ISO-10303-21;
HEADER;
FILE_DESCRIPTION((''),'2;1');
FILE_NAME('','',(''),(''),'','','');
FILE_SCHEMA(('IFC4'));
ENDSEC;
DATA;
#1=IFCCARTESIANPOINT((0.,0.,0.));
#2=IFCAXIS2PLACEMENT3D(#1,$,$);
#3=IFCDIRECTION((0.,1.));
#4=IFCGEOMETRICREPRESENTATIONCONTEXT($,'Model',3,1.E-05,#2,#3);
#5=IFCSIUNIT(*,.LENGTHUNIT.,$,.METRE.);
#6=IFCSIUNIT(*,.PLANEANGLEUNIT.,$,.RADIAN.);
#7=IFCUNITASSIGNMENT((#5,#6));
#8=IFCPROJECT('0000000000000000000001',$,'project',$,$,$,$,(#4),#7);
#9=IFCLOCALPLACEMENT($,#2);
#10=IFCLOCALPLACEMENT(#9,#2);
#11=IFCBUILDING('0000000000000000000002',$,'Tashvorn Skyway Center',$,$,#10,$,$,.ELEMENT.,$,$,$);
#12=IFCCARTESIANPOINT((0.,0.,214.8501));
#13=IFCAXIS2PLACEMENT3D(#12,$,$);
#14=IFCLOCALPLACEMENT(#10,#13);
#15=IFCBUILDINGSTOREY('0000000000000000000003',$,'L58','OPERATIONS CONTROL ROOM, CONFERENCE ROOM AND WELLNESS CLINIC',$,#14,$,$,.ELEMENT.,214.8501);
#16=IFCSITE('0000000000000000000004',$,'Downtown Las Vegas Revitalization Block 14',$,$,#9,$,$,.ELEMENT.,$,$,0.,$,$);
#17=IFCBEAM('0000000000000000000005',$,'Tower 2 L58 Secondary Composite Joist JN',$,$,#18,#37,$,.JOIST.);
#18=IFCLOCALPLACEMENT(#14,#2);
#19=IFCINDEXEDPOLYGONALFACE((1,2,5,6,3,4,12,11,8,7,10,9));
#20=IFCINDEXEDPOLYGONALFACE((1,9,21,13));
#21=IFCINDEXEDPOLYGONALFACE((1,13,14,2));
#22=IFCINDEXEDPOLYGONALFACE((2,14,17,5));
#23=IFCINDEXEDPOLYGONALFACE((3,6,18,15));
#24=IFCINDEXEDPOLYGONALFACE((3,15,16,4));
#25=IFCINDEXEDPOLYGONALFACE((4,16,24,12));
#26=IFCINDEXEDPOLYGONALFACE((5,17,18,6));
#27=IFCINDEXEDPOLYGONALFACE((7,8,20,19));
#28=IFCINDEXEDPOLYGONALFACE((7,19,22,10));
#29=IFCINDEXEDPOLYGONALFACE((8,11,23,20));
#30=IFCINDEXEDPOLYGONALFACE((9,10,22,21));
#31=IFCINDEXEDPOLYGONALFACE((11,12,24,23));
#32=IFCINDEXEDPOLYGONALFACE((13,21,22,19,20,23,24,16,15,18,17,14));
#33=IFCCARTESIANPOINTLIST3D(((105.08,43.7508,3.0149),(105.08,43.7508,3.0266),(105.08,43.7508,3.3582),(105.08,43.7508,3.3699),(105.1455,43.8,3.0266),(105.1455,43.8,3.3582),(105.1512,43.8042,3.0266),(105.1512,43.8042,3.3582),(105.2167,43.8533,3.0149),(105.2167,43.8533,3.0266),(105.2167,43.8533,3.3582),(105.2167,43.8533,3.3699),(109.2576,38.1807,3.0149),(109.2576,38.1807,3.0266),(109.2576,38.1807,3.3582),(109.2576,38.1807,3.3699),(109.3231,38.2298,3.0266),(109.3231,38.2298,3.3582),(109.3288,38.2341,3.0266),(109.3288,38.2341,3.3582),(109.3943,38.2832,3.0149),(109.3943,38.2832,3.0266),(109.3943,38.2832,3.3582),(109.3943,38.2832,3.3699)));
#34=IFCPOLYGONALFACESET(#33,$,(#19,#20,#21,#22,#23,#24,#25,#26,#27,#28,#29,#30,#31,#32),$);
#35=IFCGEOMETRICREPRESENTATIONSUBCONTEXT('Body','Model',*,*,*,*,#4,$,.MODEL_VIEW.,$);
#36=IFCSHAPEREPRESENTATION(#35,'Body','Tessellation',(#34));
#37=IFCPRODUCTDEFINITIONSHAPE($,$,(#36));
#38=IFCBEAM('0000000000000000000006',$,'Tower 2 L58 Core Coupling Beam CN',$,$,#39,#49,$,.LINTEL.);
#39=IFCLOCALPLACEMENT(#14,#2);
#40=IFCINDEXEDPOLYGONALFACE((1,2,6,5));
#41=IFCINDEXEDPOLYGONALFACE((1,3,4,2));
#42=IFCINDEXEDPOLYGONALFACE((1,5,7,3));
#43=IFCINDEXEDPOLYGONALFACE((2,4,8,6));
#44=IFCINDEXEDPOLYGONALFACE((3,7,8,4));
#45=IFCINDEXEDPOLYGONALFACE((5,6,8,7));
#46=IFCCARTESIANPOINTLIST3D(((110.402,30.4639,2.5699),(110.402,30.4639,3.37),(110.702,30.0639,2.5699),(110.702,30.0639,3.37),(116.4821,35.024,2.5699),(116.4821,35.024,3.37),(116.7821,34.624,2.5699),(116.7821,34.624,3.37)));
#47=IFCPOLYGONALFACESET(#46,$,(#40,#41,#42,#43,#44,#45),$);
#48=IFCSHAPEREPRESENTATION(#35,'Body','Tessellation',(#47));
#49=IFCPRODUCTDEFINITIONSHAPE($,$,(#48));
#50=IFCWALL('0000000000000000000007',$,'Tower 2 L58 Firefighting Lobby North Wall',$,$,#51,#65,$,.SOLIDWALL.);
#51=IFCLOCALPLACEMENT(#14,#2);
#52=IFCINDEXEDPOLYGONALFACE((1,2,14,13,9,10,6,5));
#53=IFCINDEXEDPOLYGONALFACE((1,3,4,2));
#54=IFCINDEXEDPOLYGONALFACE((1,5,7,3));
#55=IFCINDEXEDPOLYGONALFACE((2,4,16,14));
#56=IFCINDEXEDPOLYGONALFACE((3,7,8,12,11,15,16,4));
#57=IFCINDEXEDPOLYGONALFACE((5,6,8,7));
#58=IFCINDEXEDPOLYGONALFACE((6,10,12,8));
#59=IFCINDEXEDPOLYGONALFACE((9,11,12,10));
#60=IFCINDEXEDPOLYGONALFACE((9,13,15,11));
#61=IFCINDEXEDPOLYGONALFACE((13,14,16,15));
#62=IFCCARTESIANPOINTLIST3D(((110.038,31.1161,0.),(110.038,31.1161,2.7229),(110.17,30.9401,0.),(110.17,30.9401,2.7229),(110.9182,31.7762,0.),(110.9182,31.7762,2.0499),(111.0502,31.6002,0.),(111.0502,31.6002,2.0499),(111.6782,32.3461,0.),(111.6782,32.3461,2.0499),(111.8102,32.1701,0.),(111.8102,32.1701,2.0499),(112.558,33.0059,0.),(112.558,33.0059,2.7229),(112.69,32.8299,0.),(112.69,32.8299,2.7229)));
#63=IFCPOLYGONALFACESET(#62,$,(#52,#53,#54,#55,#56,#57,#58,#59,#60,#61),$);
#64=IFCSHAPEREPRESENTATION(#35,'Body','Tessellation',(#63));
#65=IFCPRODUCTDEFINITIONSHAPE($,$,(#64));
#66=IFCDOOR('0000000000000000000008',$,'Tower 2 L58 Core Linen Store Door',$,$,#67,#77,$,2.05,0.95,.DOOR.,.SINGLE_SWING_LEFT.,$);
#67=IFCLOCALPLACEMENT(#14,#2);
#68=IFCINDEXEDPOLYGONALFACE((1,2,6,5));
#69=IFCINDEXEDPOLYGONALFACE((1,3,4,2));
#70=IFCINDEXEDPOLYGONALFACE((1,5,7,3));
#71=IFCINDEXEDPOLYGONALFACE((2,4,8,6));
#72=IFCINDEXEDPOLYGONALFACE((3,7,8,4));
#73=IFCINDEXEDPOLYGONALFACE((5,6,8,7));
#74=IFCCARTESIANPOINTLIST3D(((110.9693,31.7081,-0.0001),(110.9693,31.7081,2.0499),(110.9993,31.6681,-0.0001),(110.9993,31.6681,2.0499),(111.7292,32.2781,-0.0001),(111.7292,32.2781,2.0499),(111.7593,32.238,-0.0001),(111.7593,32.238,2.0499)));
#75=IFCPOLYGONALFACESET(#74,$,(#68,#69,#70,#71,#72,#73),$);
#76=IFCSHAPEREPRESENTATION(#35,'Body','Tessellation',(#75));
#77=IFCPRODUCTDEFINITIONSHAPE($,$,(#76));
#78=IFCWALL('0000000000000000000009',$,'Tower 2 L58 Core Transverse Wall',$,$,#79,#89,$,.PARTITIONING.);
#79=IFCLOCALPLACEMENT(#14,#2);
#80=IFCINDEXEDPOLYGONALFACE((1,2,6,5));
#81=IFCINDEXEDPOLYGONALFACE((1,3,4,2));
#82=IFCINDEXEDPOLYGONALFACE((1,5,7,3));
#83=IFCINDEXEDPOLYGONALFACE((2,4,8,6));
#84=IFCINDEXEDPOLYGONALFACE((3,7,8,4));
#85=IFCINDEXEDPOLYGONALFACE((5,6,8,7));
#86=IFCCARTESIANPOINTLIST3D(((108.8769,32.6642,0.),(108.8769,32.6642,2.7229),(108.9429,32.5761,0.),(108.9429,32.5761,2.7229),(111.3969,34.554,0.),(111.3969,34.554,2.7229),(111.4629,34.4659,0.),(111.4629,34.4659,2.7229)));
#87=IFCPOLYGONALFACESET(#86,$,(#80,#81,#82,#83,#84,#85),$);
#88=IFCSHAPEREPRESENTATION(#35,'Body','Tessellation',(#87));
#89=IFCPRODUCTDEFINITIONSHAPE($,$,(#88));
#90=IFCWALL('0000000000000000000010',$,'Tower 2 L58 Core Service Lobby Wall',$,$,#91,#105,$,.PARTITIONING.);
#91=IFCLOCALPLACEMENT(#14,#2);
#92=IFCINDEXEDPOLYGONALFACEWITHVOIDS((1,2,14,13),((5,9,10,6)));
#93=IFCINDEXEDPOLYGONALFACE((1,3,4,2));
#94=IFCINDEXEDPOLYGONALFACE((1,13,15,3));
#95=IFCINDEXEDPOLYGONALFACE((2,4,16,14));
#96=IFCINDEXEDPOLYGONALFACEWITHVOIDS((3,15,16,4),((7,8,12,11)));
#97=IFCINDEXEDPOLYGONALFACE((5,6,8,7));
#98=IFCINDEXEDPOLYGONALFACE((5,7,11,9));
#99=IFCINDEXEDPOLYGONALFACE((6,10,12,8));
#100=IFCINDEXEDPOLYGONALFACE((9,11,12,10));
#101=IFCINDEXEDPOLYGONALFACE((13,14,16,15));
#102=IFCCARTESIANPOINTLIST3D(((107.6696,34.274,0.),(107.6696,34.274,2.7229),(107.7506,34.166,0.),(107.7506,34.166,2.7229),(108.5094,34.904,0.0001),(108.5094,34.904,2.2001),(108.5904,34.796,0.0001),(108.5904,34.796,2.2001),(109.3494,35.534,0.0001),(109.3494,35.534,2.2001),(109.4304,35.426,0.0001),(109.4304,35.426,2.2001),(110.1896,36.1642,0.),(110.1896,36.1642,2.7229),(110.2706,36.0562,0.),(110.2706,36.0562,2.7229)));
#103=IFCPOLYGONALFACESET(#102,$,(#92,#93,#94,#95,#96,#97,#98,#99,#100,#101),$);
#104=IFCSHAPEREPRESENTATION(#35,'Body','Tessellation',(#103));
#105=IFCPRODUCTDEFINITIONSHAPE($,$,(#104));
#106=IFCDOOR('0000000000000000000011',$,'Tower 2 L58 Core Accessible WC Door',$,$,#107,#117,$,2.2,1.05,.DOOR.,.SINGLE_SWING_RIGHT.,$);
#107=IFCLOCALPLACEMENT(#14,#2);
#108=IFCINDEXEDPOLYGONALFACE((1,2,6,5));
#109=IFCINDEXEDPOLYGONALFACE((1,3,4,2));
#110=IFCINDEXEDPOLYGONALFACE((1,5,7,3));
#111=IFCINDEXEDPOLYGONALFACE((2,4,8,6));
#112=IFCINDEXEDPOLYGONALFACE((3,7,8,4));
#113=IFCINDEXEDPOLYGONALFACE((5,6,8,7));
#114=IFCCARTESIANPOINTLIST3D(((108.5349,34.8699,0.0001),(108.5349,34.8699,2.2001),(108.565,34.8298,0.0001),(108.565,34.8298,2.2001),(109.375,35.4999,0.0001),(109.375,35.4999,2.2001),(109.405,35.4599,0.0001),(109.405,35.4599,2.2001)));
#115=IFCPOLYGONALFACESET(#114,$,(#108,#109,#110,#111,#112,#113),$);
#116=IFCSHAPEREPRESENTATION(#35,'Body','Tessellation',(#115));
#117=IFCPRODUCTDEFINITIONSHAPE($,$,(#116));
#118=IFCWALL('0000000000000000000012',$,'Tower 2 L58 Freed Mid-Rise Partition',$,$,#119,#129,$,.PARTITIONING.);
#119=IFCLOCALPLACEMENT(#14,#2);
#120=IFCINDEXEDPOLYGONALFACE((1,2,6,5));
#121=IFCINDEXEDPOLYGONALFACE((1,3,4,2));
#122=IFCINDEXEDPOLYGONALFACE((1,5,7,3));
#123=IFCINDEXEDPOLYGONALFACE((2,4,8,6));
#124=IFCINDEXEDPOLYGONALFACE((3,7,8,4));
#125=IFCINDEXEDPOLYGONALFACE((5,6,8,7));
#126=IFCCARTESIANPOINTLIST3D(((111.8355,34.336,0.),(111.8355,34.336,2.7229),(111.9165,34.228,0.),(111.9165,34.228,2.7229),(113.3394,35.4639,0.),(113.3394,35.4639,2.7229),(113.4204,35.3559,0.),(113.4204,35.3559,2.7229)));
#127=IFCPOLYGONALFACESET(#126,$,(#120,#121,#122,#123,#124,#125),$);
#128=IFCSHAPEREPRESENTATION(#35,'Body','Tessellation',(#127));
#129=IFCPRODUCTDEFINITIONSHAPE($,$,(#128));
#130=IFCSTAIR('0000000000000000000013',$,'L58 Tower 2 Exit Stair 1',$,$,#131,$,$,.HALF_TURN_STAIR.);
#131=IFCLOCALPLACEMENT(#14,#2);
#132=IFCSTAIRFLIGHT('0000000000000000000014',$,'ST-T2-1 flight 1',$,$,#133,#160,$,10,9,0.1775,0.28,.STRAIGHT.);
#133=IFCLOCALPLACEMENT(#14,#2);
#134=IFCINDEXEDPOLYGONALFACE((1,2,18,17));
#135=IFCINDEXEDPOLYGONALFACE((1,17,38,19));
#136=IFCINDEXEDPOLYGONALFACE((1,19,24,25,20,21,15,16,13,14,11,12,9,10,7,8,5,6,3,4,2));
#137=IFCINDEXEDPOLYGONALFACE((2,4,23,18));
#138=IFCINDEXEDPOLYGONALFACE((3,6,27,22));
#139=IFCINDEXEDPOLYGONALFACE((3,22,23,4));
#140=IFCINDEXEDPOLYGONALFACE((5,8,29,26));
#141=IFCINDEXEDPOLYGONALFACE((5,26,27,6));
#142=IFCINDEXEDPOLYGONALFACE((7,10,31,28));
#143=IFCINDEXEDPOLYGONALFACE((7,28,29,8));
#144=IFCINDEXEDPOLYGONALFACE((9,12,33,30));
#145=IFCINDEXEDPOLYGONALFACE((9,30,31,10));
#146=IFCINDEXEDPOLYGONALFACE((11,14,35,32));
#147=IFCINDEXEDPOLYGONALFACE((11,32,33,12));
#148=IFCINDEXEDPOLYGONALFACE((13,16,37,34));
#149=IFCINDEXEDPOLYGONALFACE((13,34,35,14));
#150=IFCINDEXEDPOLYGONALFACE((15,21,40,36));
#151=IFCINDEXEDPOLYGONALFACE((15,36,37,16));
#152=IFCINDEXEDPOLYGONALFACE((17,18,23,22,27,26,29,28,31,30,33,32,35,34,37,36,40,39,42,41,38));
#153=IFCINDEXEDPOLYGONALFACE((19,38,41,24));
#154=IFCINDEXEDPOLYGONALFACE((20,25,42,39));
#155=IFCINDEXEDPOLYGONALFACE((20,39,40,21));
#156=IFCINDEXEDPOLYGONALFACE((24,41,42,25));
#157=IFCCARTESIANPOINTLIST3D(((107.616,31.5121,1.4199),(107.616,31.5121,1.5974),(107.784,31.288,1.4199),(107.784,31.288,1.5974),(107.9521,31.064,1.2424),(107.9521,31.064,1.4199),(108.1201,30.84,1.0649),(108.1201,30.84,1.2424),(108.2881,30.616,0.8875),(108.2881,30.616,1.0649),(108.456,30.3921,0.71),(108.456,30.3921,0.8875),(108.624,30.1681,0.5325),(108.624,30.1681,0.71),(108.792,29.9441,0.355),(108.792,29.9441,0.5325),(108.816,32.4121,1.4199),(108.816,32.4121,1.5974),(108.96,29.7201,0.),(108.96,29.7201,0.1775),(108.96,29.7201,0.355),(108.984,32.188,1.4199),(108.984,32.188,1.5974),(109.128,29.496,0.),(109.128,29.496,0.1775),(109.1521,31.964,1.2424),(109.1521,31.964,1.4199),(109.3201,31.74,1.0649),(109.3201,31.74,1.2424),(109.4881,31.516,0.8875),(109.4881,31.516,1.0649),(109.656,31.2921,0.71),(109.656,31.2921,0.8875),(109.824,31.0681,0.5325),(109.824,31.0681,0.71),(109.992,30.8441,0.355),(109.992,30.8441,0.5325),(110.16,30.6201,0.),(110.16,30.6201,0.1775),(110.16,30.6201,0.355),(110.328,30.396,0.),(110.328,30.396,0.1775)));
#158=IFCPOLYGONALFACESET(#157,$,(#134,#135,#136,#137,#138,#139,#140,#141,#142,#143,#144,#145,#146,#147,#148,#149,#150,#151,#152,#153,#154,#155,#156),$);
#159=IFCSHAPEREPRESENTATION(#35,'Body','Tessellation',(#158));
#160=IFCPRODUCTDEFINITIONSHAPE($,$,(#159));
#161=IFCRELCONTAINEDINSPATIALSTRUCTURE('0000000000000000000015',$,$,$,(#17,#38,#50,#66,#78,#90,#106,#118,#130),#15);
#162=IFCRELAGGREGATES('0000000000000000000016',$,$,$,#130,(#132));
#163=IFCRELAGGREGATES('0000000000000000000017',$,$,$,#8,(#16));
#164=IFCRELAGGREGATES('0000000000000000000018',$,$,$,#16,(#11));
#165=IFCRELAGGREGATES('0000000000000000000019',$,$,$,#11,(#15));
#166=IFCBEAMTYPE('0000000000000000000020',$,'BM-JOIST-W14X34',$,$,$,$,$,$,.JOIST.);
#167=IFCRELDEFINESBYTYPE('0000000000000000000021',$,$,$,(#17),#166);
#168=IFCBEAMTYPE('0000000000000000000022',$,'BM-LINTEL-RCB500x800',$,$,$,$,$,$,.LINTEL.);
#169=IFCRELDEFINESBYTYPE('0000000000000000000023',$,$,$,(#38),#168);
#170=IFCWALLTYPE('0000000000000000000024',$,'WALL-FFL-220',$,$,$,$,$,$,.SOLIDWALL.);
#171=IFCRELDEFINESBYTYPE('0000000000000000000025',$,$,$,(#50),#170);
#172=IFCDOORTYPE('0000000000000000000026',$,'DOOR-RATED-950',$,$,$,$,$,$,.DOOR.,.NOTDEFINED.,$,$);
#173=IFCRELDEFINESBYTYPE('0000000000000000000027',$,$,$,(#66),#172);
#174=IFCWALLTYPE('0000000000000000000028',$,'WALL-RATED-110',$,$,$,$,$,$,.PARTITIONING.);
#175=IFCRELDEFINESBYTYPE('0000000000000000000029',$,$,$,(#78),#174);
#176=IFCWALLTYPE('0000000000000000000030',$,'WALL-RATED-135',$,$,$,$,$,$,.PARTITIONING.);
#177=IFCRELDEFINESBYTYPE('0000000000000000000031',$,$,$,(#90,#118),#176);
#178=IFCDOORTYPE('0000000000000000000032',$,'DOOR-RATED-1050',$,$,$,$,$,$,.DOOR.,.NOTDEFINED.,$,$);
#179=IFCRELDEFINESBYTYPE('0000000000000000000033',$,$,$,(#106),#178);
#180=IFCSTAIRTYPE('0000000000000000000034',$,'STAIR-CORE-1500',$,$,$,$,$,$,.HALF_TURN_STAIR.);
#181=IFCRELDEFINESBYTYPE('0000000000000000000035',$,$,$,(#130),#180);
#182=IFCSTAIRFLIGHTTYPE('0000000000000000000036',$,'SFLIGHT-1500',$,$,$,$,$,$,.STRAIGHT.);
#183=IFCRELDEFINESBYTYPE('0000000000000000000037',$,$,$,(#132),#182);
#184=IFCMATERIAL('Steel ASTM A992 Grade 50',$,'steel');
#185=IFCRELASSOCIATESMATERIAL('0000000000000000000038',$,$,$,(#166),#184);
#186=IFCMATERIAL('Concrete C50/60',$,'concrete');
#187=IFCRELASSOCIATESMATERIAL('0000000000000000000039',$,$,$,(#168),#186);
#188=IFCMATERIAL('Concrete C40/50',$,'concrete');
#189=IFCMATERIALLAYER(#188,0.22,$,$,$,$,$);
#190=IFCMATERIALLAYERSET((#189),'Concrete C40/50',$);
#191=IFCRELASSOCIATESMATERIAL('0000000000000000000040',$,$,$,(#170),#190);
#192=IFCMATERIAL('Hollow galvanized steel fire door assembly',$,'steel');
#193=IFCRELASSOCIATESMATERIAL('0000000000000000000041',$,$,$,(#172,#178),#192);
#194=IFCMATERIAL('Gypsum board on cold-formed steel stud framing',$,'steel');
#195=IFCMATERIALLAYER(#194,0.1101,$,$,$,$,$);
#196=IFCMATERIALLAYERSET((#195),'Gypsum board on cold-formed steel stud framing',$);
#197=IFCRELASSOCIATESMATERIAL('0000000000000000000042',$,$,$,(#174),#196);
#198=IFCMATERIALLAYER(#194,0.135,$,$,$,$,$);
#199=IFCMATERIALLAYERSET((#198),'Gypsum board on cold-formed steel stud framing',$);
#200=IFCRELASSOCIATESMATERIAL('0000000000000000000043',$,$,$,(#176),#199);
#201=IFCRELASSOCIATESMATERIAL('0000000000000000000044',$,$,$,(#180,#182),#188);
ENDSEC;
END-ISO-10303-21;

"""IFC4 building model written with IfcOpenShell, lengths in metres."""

from ifc_helpers import new_model, si_unit, direction, frame, frame_2d, origin, origin_2d, place, context, subcontext, project, spatial, polyline, rectangle, i_section, outline, extrude, material, layer, layer_set, material_profile, profile_set, type_object, element, fill, aggregate, save


model = new_model("IFC4")

# Units and contexts
model_context = context("Model", 3, precision=1e-05, world=origin(), true_north=direction((0.0, 1.0)))
body_context = subcontext(model_context, "Body", "Model", "MODEL_VIEW")
ifc_project = project(units=[si_unit("LENGTHUNIT", "METRE"), si_unit("PLANEANGLEUNIT", "RADIAN")], contexts=[model_context])

# Site, building, storey
site_placement = place(None, origin())
site = spatial("IfcSite", under=ifc_project, at=site_placement, Name="Downtown Las Vegas Revitalization Block 14", CompositionType="ELEMENT", RefElevation=0.0)
building_placement = place(site_placement, origin())
building = spatial("IfcBuilding", under=site, at=building_placement, Name="Tashvorn Skyway Center", CompositionType="ELEMENT")
storey_placement = place(building_placement, frame((0.0, 0.0, 214.8501)))
storey = spatial("IfcBuildingStorey", under=building, at=storey_placement, Name="L58", Description="OPERATIONS CONTROL ROOM, CONFERENCE ROOM AND WELLNESS CLINIC", CompositionType="ELEMENT", Elevation=214.8501)

# Beams
ifc_material_1 = material(Name="Steel ASTM A992 Grade 50", Category="steel")
ifc_material_profile_1 = material_profile(ifc_material_1, i_section(OverallWidth=0.1709, OverallDepth=0.355, WebThickness=0.0071, FlangeThickness=0.0117, at=origin_2d()), Name="W14X34")
ifc_profile_set_1 = profile_set([ifc_material_profile_1], Name="Steel ASTM A992 Grade 50")
beam_type_1 = type_object("IfcBeamType", Name="BM-JOIST-W14X34", PredefinedType="JOIST", material=ifc_profile_set_1)
beam_1_placement = place(storey_placement, frame((109.3259, 38.2319, 3.1924), z_axis=(-0.599994, 0.800004, 0.0), x_axis=(-0.800004, -0.599994, 0.0)))
element("IfcBeam", 1, at=beam_1_placement, inside=storey, type_object=beam_type_1, Name="Tower 2 L58 Secondary Composite Joist JN", PredefinedType="JOIST", context=body_context, shape_type="SweptSolid", body=[
    extrude(i_section(OverallWidth=0.1709, OverallDepth=0.355, WebThickness=0.0071, FlangeThickness=0.0117, at=origin_2d()), origin(), (0.0, 0.0, 1.0), 6.9626),
])
ifc_material_2 = material(Name="Concrete C50/60", Category="concrete")
ifc_material_profile_2 = material_profile(ifc_material_2, rectangle(XDim=0.5, YDim=0.8, at=origin_2d()), Name="RCB500x800")
ifc_profile_set_2 = profile_set([ifc_material_profile_2], Name="Concrete C50/60")
beam_type_2 = type_object("IfcBeamType", Name="BM-LINTEL-RCB500x800", PredefinedType="LINTEL", material=ifc_profile_set_2)
beam_2_placement = place(storey_placement, frame((110.552, 30.2639, 2.97), z_axis=(0.8, 0.6, 0.0), x_axis=(-0.6, 0.8, 0.0)))
element("IfcBeam", 2, at=beam_2_placement, inside=storey, type_object=beam_type_2, Name="Tower 2 L58 Core Coupling Beam CN", PredefinedType="LINTEL", context=body_context, shape_type="SweptSolid", body=[
    extrude(rectangle(XDim=0.5, YDim=0.8, at=origin_2d()), origin(), (0.0, 0.0, 1.0), 7.6001),
])

# Wall, opening, door
ifc_material_3 = material(Name="Concrete C40/50", Category="concrete")
ifc_layer_1 = layer(ifc_material_3, 0.22)
ifc_layer_set_1 = layer_set([ifc_layer_1], Name="Concrete C40/50")
wall_type_1 = type_object("IfcWallType", Name="WALL-FFL-220", PredefinedType="SOLIDWALL", material=ifc_layer_set_1)
wall_1_placement = place(storey_placement, frame((110.104, 31.0281, 0.0), z_axis=(0.0, 0.0, 1.0), x_axis=(0.800019, 0.599975, 0.0)))
wall_1 = element("IfcWall", 3, at=wall_1_placement, inside=storey, type_object=wall_type_1, Name="Tower 2 L58 Firefighting Lobby North Wall", PredefinedType="SOLIDWALL", context=body_context, shape_type="SweptSolid", body=[
    extrude(rectangle(XDim=3.1499, YDim=0.22, at=frame_2d((1.575, 0.0))), origin(), (0.0, 0.0, 1.0), 2.7229),
])
opening_1_placement = place(wall_1_placement, frame((1.1001, 0.0, 0.0)))
opening_1 = element("IfcOpeningElement", 4, at=opening_1_placement, cuts=wall_1, PredefinedType="OPENING", context=body_context, shape_type="SweptSolid", body=[
    extrude(rectangle(XDim=0.95, YDim=2.05, at=frame_2d((0.4751, 1.0249))), frame((0.0, 0.1199, 0.0), z_axis=(0.0, -1.0, 0.0), x_axis=(1.0, 0.0, 0.0)), (0.0, 0.0, 1.0), 0.24),
])
ifc_material_4 = material(Name="Hollow galvanized steel fire door assembly", Category="steel")
door_type_1 = type_object("IfcDoorType", Name="DOOR-RATED-950", OperationType="NOTDEFINED", PredefinedType="DOOR", material=ifc_material_4)
door_1_placement = place(opening_1_placement, origin())
door_1 = element("IfcDoor", 5, at=door_1_placement, inside=storey, type_object=door_type_1, Name="Tower 2 L58 Core Linen Store Door", OperationType="SINGLE_SWING_LEFT", OverallHeight=2.05, OverallWidth=0.95, PredefinedType="DOOR", context=body_context, shape_type="SweptSolid", body=[
    extrude(rectangle(XDim=0.95, YDim=2.05, at=frame_2d((0.4751, 1.0249))), frame((0.0, 0.0249, 0.0), z_axis=(0.0, -1.0, 0.0), x_axis=(1.0, 0.0, 0.0)), (0.0, 0.0, 1.0), 0.05),
])
fill(opening_1, door_1)

# Wall
ifc_material_5 = material(Name="Gypsum board on cold-formed steel stud framing", Category="steel")
ifc_layer_2 = layer(ifc_material_5, 0.1101)
ifc_layer_set_2 = layer_set([ifc_layer_2], Name="Gypsum board on cold-formed steel stud framing")
wall_type_2 = type_object("IfcWallType", Name="WALL-RATED-110", PredefinedType="PARTITIONING", material=ifc_layer_set_2)
wall_2_placement = place(storey_placement, frame((108.9099, 32.6201, 0.0), z_axis=(0.0, 0.0, 1.0), x_axis=(0.800019, 0.599975, 0.0)))
element("IfcWall", 6, at=wall_2_placement, inside=storey, type_object=wall_type_2, Name="Tower 2 L58 Core Transverse Wall", PredefinedType="PARTITIONING", context=body_context, shape_type="SweptSolid", body=[
    extrude(rectangle(XDim=3.1499, YDim=0.1101, at=frame_2d((1.575, 0.0))), origin(), (0.0, 0.0, 1.0), 2.7229),
])

# Wall, opening, door
ifc_layer_3 = layer(ifc_material_5, 0.135)
ifc_layer_set_3 = layer_set([ifc_layer_3], Name="Gypsum board on cold-formed steel stud framing")
wall_type_3 = type_object("IfcWallType", Name="WALL-RATED-135", PredefinedType="PARTITIONING", material=ifc_layer_set_3)
wall_3_placement = place(storey_placement, frame((107.71, 34.22, 0.0), z_axis=(0.0, 0.0, 1.0), x_axis=(0.799981, 0.600025, 0.0)))
wall_3 = element("IfcWall", 7, at=wall_3_placement, inside=storey, type_object=wall_type_3, Name="Tower 2 L58 Core Service Lobby Wall", PredefinedType="PARTITIONING", context=body_context, shape_type="SweptSolid", body=[
    extrude(rectangle(XDim=3.1501, YDim=0.135, at=frame_2d((1.5752, 0.0))), origin(), (0.0, 0.0, 1.0), 2.7229),
])
opening_2_placement = place(wall_3_placement, frame((1.05, 0.0, 0.0)))
opening_2 = element("IfcOpeningElement", 8, at=opening_2_placement, cuts=wall_3, PredefinedType="OPENING", context=body_context, shape_type="SweptSolid", body=[
    extrude(rectangle(XDim=1.05, YDim=2.2, at=frame_2d((0.5249, 1.1001))), frame((0.0, 0.0774, 0.0), z_axis=(0.0, -1.0, 0.0), x_axis=(1.0, 0.0, 0.0)), (0.0, 0.0, 1.0), 0.155),
])
door_type_2 = type_object("IfcDoorType", Name="DOOR-RATED-1050", OperationType="NOTDEFINED", PredefinedType="DOOR", material=ifc_material_4)
door_2_placement = place(opening_2_placement, origin())
door_2 = element("IfcDoor", 9, at=door_2_placement, inside=storey, type_object=door_type_2, Name="Tower 2 L58 Core Accessible WC Door", OperationType="SINGLE_SWING_RIGHT", OverallHeight=2.2, OverallWidth=1.05, PredefinedType="DOOR", context=body_context, shape_type="SweptSolid", body=[
    extrude(rectangle(XDim=1.05, YDim=2.2, at=frame_2d((0.5249, 1.1001))), frame((0.0, 0.0249, 0.0), z_axis=(0.0, -1.0, 0.0), x_axis=(1.0, 0.0, 0.0)), (0.0, 0.0, 1.0), 0.05),
])
fill(opening_2, door_2)

# Wall
wall_4_placement = place(storey_placement, frame((111.876, 34.282, 0.0), z_axis=(0.0, 0.0, 1.0), x_axis=(0.8, 0.6, 0.0)))
element("IfcWall", 10, at=wall_4_placement, inside=storey, type_object=wall_type_3, Name="Tower 2 L58 Freed Mid-Rise Partition", PredefinedType="PARTITIONING", context=body_context, shape_type="SweptSolid", body=[
    extrude(rectangle(XDim=1.8799, YDim=0.135, at=frame_2d((0.9399, 0.0))), origin(), (0.0, 0.0, 1.0), 2.7229),
])

# Stair, stair flight
stair_type = type_object("IfcStairType", Name="STAIR-CORE-1500", PredefinedType="HALF_TURN_STAIR", material=ifc_material_3)
stair_placement = place(storey_placement, origin())
stair = element("IfcStair", 11, at=stair_placement, inside=storey, type_object=stair_type, Name="L58 Tower 2 Exit Stair 1", PredefinedType="HALF_TURN_STAIR")
stair_flight_type = type_object("IfcStairFlightType", Name="SFLIGHT-1500", PredefinedType="STRAIGHT", material=ifc_material_3)
stair_flight_1_placement = place(storey_placement, frame((109.728, 29.946, 0.0), z_axis=(0.0, 0.0, 1.0), x_axis=(-0.6, 0.8, 0.0)))
stair_flight_1 = element("IfcStairFlight", 12, at=stair_flight_1_placement, type_object=stair_flight_type, Name="ST-T2-1 flight 1", NumberOfRisers=10, NumberOfTreads=9, PredefinedType="STRAIGHT", RiserHeight=0.1775, TreadLength=0.28, context=body_context, shape_type="SweptSolid", body=[
    extrude(outline(polyline([(0.0, 0.0), (0.0, 0.1775), (0.28, 0.1775), (0.28, 0.355), (0.5601, 0.355), (0.5601, 0.5325), (0.8401, 0.5325), (0.8401, 0.71), (1.1201, 0.71), (1.1201, 0.8875), (1.3999, 0.8875), (1.3999, 1.0649), (1.6799, 1.0649), (1.6799, 1.2424), (1.96, 1.2424), (1.96, 1.4199), (2.24, 1.4199), (2.24, 1.5974), (2.52, 1.5974), (2.52, 1.7749), (2.52, 1.4199), (0.28, 0.0), (0.0, 0.0)])), frame((0.0, 0.75, 0.0), z_axis=(0.0, -1.0, 0.0), x_axis=(1.0, 0.0, 0.0)), (0.0, 0.0, 1.0), 1.5),
])
aggregate(stair, [stair_flight_1])

save(model, "model.ifc")
